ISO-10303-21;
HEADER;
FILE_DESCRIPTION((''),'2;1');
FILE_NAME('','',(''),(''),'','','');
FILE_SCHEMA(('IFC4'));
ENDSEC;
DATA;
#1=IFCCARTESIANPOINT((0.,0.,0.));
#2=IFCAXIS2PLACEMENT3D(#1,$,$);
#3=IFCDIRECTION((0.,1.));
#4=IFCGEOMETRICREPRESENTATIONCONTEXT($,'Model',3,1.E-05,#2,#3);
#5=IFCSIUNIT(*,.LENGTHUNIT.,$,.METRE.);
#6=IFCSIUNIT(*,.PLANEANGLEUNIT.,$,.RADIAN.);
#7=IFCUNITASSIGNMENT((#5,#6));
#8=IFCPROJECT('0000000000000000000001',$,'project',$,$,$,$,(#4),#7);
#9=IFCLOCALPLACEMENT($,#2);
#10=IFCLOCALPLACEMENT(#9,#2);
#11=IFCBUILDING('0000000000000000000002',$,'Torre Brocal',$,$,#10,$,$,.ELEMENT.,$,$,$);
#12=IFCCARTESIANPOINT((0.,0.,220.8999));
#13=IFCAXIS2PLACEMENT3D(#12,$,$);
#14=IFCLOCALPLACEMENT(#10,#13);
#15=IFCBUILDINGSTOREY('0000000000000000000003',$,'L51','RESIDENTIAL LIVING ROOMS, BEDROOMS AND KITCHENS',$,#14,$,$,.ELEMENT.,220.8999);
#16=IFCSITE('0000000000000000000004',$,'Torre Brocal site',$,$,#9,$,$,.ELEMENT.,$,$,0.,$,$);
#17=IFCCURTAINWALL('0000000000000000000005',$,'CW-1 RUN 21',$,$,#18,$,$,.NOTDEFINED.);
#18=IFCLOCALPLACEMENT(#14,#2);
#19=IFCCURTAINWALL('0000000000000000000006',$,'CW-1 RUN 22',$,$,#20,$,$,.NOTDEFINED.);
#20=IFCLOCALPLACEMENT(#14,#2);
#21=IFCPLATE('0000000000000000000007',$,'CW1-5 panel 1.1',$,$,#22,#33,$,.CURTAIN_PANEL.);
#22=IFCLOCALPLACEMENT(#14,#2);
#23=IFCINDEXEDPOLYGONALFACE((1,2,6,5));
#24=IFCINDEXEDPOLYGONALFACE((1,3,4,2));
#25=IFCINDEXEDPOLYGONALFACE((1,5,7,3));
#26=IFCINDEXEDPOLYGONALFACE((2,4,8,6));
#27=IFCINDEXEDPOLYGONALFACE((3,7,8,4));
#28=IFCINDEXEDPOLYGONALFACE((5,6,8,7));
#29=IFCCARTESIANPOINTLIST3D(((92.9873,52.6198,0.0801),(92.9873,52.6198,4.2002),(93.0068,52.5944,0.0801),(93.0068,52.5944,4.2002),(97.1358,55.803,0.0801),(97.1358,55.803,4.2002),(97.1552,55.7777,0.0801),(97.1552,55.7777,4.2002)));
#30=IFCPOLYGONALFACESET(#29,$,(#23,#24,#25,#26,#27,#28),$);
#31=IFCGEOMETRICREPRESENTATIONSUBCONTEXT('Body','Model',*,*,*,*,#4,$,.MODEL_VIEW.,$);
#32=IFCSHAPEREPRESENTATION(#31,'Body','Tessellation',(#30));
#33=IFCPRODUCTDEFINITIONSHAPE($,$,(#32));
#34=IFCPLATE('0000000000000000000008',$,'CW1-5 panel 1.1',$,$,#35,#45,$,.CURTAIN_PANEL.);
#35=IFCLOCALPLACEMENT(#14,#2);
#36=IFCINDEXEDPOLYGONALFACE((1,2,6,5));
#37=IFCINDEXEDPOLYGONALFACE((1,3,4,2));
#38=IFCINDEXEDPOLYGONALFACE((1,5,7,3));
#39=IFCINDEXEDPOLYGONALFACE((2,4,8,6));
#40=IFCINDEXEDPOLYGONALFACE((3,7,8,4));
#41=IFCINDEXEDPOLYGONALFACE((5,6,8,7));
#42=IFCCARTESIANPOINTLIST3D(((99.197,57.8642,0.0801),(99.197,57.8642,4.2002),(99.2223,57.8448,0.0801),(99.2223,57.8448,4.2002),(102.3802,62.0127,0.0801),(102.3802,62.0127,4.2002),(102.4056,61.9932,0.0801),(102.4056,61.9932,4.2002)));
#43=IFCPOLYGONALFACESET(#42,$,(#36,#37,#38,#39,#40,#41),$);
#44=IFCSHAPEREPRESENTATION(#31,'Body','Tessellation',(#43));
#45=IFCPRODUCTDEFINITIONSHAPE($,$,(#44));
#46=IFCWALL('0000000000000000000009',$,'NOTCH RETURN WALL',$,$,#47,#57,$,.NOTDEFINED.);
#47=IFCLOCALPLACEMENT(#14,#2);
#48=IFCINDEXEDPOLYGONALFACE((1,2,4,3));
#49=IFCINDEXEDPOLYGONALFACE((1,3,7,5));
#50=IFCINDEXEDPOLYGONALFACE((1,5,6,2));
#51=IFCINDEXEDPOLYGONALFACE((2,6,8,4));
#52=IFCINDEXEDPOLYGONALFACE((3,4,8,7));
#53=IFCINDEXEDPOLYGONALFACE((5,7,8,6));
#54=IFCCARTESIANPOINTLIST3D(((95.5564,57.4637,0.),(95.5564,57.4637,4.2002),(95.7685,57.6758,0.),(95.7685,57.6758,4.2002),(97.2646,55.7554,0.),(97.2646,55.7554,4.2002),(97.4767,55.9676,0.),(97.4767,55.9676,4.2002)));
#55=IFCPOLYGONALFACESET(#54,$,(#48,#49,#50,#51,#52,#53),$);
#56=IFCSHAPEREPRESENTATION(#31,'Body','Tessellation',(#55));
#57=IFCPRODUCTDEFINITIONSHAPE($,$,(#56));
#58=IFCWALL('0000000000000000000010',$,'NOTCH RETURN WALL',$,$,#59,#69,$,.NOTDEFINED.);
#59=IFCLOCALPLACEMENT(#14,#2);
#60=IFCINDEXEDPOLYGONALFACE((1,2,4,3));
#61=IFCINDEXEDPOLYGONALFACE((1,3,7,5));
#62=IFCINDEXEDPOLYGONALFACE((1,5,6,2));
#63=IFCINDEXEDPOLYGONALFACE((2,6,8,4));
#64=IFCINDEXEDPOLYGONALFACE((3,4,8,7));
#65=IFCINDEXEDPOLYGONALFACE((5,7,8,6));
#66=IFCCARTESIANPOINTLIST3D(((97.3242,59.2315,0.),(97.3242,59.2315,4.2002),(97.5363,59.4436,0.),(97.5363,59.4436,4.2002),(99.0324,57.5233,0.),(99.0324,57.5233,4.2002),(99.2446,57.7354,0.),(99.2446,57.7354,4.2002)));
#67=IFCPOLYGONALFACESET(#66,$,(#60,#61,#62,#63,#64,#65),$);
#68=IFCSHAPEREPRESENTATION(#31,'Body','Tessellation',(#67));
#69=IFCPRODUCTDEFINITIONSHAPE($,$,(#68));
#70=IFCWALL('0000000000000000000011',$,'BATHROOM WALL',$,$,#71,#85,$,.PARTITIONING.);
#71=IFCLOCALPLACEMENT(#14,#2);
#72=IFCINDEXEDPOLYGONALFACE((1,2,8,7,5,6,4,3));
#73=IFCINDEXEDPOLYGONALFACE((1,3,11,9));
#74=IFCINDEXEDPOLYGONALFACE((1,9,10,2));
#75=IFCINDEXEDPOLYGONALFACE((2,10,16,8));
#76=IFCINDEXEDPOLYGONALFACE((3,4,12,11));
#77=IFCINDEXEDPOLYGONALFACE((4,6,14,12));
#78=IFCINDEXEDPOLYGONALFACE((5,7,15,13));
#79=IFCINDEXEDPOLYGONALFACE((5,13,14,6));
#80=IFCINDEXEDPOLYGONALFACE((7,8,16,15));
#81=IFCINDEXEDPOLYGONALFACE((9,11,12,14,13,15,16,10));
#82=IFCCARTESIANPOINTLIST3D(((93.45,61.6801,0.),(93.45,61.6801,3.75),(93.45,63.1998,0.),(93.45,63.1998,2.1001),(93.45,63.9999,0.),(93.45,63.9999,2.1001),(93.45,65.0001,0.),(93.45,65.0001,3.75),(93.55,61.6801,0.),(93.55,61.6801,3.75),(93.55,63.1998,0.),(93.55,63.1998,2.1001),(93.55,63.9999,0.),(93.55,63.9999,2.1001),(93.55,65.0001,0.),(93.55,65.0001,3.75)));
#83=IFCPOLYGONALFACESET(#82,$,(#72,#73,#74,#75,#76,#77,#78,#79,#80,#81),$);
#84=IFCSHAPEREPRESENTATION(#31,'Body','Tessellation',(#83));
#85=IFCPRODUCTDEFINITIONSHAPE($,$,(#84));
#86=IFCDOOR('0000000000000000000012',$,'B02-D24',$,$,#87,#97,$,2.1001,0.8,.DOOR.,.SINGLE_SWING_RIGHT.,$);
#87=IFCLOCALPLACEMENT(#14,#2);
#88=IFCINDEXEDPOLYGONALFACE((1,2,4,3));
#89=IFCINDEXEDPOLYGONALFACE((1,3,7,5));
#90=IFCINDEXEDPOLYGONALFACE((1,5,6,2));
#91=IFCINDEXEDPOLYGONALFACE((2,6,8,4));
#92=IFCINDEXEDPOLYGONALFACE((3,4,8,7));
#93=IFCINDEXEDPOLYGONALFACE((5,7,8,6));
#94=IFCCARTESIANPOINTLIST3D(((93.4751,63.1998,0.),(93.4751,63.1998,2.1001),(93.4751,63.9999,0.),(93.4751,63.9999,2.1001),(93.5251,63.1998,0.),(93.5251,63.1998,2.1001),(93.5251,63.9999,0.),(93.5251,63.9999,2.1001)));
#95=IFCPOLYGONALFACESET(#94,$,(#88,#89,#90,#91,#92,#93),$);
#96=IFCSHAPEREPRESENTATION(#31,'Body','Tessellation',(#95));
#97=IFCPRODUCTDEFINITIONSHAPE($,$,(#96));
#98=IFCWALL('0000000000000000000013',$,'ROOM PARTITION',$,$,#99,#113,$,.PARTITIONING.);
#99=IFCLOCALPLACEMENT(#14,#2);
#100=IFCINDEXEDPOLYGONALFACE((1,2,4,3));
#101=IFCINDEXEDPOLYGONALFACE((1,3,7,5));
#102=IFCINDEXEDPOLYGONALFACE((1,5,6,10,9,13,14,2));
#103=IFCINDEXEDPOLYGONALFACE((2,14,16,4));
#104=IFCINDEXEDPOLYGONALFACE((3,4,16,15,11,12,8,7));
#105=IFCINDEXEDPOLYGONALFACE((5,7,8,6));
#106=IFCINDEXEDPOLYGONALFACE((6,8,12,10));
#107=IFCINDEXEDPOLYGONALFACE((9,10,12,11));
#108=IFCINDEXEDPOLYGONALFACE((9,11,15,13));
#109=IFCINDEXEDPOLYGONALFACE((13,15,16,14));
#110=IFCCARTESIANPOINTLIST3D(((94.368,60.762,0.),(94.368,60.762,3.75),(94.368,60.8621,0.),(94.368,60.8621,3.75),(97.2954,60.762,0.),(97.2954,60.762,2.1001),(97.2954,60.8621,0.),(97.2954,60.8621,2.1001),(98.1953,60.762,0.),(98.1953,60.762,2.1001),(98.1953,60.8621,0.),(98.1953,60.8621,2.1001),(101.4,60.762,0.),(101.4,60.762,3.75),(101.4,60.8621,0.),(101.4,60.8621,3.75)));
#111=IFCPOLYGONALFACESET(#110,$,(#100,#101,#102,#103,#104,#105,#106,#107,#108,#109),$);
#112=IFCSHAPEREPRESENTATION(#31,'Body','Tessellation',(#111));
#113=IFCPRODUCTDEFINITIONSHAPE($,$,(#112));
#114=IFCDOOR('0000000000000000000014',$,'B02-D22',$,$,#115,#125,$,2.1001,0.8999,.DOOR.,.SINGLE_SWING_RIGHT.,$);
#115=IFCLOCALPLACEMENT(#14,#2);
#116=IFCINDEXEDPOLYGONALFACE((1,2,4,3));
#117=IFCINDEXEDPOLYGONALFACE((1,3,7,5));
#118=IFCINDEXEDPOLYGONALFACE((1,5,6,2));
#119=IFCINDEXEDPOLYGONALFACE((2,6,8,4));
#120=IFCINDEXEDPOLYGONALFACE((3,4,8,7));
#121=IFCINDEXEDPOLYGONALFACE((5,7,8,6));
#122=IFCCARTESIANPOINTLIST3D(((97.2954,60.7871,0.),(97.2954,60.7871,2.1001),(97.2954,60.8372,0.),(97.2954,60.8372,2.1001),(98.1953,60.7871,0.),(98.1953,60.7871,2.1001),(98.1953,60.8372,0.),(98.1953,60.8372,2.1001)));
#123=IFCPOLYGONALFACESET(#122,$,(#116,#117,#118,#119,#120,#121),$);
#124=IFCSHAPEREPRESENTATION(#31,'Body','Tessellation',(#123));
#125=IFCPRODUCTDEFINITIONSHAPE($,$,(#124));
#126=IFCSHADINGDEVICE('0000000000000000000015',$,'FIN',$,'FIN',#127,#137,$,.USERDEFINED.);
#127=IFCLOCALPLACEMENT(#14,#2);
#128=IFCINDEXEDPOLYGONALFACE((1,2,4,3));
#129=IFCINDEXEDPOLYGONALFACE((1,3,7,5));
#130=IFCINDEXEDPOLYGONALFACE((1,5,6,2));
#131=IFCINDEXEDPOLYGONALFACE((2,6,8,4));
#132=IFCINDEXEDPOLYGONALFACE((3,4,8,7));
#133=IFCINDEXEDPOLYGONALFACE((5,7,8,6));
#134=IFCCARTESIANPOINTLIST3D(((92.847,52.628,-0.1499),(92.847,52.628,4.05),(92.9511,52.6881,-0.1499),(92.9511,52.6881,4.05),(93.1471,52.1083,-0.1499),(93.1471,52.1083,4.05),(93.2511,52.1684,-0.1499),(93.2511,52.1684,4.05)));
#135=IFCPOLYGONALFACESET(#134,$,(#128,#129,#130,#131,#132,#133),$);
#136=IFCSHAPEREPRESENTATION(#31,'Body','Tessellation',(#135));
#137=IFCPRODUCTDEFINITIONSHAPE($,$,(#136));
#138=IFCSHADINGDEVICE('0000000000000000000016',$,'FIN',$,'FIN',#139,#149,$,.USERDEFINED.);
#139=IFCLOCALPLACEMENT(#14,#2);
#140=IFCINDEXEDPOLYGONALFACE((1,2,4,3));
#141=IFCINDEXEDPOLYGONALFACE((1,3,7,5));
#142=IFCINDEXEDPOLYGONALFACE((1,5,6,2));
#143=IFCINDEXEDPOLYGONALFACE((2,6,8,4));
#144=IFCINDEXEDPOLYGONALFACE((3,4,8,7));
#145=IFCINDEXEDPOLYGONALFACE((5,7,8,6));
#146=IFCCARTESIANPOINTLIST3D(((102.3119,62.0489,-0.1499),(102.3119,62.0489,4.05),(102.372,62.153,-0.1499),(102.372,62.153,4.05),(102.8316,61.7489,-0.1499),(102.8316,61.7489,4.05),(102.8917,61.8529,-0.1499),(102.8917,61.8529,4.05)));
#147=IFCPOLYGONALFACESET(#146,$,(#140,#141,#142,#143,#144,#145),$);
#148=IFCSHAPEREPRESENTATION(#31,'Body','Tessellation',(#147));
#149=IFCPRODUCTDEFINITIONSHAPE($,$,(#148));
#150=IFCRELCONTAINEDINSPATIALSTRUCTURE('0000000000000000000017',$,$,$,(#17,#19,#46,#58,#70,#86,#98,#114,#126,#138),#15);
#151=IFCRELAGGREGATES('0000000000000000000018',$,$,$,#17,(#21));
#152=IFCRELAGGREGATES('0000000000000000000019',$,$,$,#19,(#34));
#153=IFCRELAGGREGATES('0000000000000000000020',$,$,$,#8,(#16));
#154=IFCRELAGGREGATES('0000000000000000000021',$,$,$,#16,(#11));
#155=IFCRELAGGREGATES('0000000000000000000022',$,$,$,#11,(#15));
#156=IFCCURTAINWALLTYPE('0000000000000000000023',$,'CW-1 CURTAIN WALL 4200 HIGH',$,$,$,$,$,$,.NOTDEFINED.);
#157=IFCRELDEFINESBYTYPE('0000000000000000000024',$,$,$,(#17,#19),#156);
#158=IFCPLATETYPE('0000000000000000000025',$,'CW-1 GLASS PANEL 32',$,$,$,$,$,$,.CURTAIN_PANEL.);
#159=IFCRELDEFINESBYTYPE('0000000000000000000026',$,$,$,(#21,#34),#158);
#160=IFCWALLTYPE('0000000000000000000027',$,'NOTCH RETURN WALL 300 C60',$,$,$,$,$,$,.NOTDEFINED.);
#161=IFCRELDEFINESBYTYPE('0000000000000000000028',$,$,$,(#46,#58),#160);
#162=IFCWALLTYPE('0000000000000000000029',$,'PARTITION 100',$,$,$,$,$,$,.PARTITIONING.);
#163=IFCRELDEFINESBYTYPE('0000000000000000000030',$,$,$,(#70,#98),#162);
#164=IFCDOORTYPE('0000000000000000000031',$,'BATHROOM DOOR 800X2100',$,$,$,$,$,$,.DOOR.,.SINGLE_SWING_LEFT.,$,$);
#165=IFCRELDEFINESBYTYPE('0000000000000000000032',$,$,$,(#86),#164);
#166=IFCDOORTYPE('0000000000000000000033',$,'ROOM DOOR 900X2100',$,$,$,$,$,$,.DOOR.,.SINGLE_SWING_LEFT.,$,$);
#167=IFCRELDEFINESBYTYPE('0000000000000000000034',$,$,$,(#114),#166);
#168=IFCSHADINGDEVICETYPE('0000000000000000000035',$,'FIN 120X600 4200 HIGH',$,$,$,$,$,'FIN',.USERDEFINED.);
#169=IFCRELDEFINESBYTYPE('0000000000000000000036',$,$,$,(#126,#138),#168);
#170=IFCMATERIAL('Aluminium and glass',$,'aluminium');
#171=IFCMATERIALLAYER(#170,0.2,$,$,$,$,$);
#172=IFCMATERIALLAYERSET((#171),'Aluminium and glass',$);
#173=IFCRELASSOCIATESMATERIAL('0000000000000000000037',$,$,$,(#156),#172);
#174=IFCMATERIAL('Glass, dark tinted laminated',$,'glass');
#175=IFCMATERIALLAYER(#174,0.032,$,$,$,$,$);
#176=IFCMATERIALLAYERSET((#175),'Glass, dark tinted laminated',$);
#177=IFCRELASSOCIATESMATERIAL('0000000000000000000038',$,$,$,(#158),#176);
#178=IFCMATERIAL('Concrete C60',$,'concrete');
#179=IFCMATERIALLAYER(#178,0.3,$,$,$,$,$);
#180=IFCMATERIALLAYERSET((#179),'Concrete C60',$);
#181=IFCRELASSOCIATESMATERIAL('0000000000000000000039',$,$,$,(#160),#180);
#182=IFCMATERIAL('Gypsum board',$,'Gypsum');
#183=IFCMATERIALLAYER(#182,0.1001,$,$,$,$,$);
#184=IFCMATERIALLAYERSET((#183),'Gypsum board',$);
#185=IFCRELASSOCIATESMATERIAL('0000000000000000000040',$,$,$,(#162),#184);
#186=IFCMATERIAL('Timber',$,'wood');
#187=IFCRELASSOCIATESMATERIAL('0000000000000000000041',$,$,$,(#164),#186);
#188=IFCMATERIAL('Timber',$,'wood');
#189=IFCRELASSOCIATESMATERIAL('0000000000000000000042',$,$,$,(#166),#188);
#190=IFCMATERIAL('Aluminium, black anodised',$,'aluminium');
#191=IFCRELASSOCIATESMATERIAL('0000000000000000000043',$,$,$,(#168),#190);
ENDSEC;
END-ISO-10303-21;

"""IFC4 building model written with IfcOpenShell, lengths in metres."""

from ifc_helpers import new_model, si_unit, direction, frame, frame_2d, origin, origin_2d, place, context, subcontext, project, spatial, rectangle, extrude, material, layer, layer_set, material_profile, profile_set, type_object, element, fill, aggregate, save


model = new_model("IFC4")

# Units and contexts
model_context = context("Model", 3, precision=1e-05, world=origin(), true_north=direction((0.0, 1.0)))
body_context = subcontext(model_context, "Body", "Model", "MODEL_VIEW")
ifc_project = project(units=[si_unit("LENGTHUNIT", "METRE"), si_unit("PLANEANGLEUNIT", "RADIAN")], contexts=[model_context])

# Site, building, storey
site_placement = place(None, origin())
site = spatial("IfcSite", under=ifc_project, at=site_placement, Name="Torre Brocal site", CompositionType="ELEMENT", RefElevation=0.0)
building_placement = place(site_placement, origin())
building = spatial("IfcBuilding", under=site, at=building_placement, Name="Torre Brocal", CompositionType="ELEMENT")
storey_placement = place(building_placement, frame((0.0, 0.0, 220.8999)))
storey = spatial("IfcBuildingStorey", under=building, at=storey_placement, Name="L51", Description="RESIDENTIAL LIVING ROOMS, BEDROOMS AND KITCHENS", CompositionType="ELEMENT", Elevation=220.8999)

# Shared definitions
ifc_material_1 = material(Name="Aluminium and glass", Category="aluminium")
ifc_layer_1 = layer(ifc_material_1, 0.2)
ifc_layer_set_1 = layer_set([ifc_layer_1], Name="Aluminium and glass")
curtain_wall_type = type_object("IfcCurtainWallType", Name="CW-1 CURTAIN WALL 4200 HIGH", PredefinedType="NOTDEFINED", material=ifc_layer_set_1)

# Curtain walls
curtain_wall_1_placement = place(storey_placement, origin())
curtain_wall_1 = element("IfcCurtainWall", 1, at=curtain_wall_1_placement, inside=storey, type_object=curtain_wall_type, Name="CW-1 RUN 21", PredefinedType="NOTDEFINED")
curtain_wall_2_placement = place(storey_placement, origin())
curtain_wall_2 = element("IfcCurtainWall", 2, at=curtain_wall_2_placement, inside=storey, type_object=curtain_wall_type, Name="CW-1 RUN 22", PredefinedType="NOTDEFINED")

# Plates
ifc_material_2 = material(Name="Glass, dark tinted laminated", Category="glass")
ifc_layer_2 = layer(ifc_material_2, 0.032)
ifc_layer_set_2 = layer_set([ifc_layer_2], Name="Glass, dark tinted laminated")
plate_type = type_object("IfcPlateType", Name="CW-1 GLASS PANEL 32", PredefinedType="CURTAIN_PANEL", material=ifc_layer_set_2)
plate_1_placement = place(storey_placement, frame((95.0713, 54.1987, 0.0801), z_axis=(0.0, 0.0, 1.0), x_axis=(0.793353, 0.608761, 0.0)))
plate_1 = element("IfcPlate", 3, at=plate_1_placement, type_object=plate_type, Name="CW1-5 panel 1.1", PredefinedType="CURTAIN_PANEL", context=body_context, shape_type="SweptSolid", body=[
    extrude(rectangle(XDim=5.229, YDim=0.032, at=origin_2d()), origin(), (0.0, 0.0, 1.0), 4.1201),
])
aggregate(curtain_wall_1, [plate_1])
plate_2_placement = place(storey_placement, frame((100.8013, 59.9287, 0.0801), z_axis=(0.0, 0.0, 1.0), x_axis=(0.608761, 0.793353, 0.0)))
plate_2 = element("IfcPlate", 4, at=plate_2_placement, type_object=plate_type, Name="CW1-5 panel 1.1", PredefinedType="CURTAIN_PANEL", context=body_context, shape_type="SweptSolid", body=[
    extrude(rectangle(XDim=5.229, YDim=0.032, at=origin_2d()), origin(), (0.0, 0.0, 1.0), 4.1201),
])
aggregate(curtain_wall_2, [plate_2])

# Walls
ifc_material_3 = material(Name="Concrete C60", Category="concrete")
ifc_layer_3 = layer(ifc_material_3, 0.3)
ifc_layer_set_3 = layer_set([ifc_layer_3], Name="Concrete C60")
wall_type_1 = type_object("IfcWallType", Name="NOTCH RETURN WALL 300 C60", PredefinedType="NOTDEFINED", material=ifc_layer_set_3)
for number, where, z_axis, x_axis, name in (
    (5, (95.6624, 57.5698, 0.0), (0.0, 0.0, 1.0), (0.707107, -0.707107, 0.0), "NOTCH RETURN WALL"),
    (6, (97.4302, 59.3376, 0.0), (0.0, 0.0, 1.0), (0.707107, -0.707107, 0.0), "NOTCH RETURN WALL"),
):
    element("IfcWall", number, at=place(storey_placement, frame(where, z_axis=z_axis, x_axis=x_axis)), inside=storey, type_object=wall_type_1, Name=name, PredefinedType="NOTDEFINED", context=body_context, shape_type="SweptSolid", body=[
        extrude(rectangle(XDim=2.4158, YDim=0.3, at=frame_2d((1.208, 0.0))), origin(), (0.0, 0.0, 1.0), 4.2002),
    ])

# Walls, openings, doors
ifc_material_4 = material(Name="Gypsum board", Category="Gypsum")
ifc_layer_4 = layer(ifc_material_4, 0.1001)
ifc_layer_set_4 = layer_set([ifc_layer_4], Name="Gypsum board")
wall_type_2 = type_object("IfcWallType", Name="PARTITION 100", PredefinedType="PARTITIONING", material=ifc_layer_set_4)
wall_1_placement = place(storey_placement, frame((93.5, 61.6799, 0.0), z_axis=(0.0, 0.0, 1.0), x_axis=(0.0, 1.0, 0.0)))
wall_1 = element("IfcWall", 7, at=wall_1_placement, inside=storey, type_object=wall_type_2, Name="BATHROOM WALL", PredefinedType="PARTITIONING", context=body_context, shape_type="SweptSolid", body=[
    extrude(rectangle(XDim=3.3201, YDim=0.1001, at=frame_2d((1.6602, 0.0))), origin(), (0.0, 0.0, 1.0), 3.75),
])
opening_1_placement = place(wall_1_placement, frame((1.52, 0.0, 0.0)))
opening_1 = element("IfcOpeningElement", 8, at=opening_1_placement, cuts=wall_1, PredefinedType="OPENING", context=body_context, shape_type="SweptSolid", body=[
    extrude(rectangle(XDim=0.8, YDim=2.1001, at=frame_2d((0.3999, 1.05))), frame((0.0, 0.0601, 0.0), z_axis=(0.0, -1.0, 0.0), x_axis=(1.0, 0.0, 0.0)), (0.0, 0.0, 1.0), 0.1201),
])
ifc_material_5 = material(Name="Timber", Category="wood")
door_type_1 = type_object("IfcDoorType", Name="BATHROOM DOOR 800X2100", OperationType="SINGLE_SWING_LEFT", PredefinedType="DOOR", material=ifc_material_5)
door_1_placement = place(opening_1_placement, origin())
door_1 = element("IfcDoor", 9, at=door_1_placement, inside=storey, type_object=door_type_1, Name="B02-D24", OperationType="SINGLE_SWING_RIGHT", OverallHeight=2.1001, OverallWidth=0.8, PredefinedType="DOOR", context=body_context, shape_type="SweptSolid", body=[
    extrude(rectangle(XDim=0.8, YDim=2.1001, at=frame_2d((0.3999, 1.05))), frame((0.0, 0.0249, 0.0), z_axis=(0.0, -1.0, 0.0), x_axis=(1.0, 0.0, 0.0)), (0.0, 0.0, 1.0), 0.05),
])
fill(opening_1, door_1)
wall_2_placement = place(storey_placement, frame((94.3679, 60.812, 0.0), z_axis=(0.0, 0.0, 1.0), x_axis=(1.0, 0.0, 0.0)))
wall_2 = element("IfcWall", 10, at=wall_2_placement, inside=storey, type_object=wall_type_2, Name="ROOM PARTITION", PredefinedType="PARTITIONING", context=body_context, shape_type="SweptSolid", body=[
    extrude(rectangle(XDim=7.032, YDim=0.1001, at=frame_2d((3.5161, 0.0))), origin(), (0.0, 0.0, 1.0), 3.75),
])
opening_2_placement = place(wall_2_placement, frame((2.9275, 0.0, 0.0)))
opening_2 = element("IfcOpeningElement", 11, at=opening_2_placement, cuts=wall_2, PredefinedType="OPENING", context=body_context, shape_type="SweptSolid", body=[
    extrude(rectangle(XDim=0.8999, YDim=2.1001, at=frame_2d((0.45, 1.05))), frame((0.0, 0.0601, 0.0), z_axis=(0.0, -1.0, 0.0), x_axis=(1.0, 0.0, 0.0)), (0.0, 0.0, 1.0), 0.1201),
])
ifc_material_6 = material(Name="Timber", Category="wood")
door_type_2 = type_object("IfcDoorType", Name="ROOM DOOR 900X2100", OperationType="SINGLE_SWING_LEFT", PredefinedType="DOOR", material=ifc_material_6)
door_2_placement = place(opening_2_placement, frame((0.8999, 0.0, 0.0), z_axis=(0.0, 0.0, 1.0), x_axis=(-1.0, 0.0, 0.0)))
door_2 = element("IfcDoor", 12, at=door_2_placement, inside=storey, type_object=door_type_2, Name="B02-D22", OperationType="SINGLE_SWING_RIGHT", OverallHeight=2.1001, OverallWidth=0.8999, PredefinedType="DOOR", context=body_context, shape_type="SweptSolid", body=[
    extrude(rectangle(XDim=0.8999, YDim=2.1001, at=frame_2d((0.45, 1.05))), frame((0.0, 0.0249, 0.0), z_axis=(0.0, -1.0, 0.0), x_axis=(1.0, 0.0, 0.0)), (0.0, 0.0, 1.0), 0.05),
])
fill(opening_2, door_2)

# Shading devices
ifc_material_7 = material(Name="Aluminium, black anodised", Category="aluminium")
ifc_material_profile_1 = material_profile(ifc_material_7, rectangle(XDim=0.1201, YDim=0.6001, at=origin_2d()), Name="FIN 120X600 4200 HIGH")
ifc_profile_set_1 = profile_set([ifc_material_profile_1], Name="Aluminium, black anodised")
shading_device_type = type_object("IfcShadingDeviceType", Name="FIN 120X600 4200 HIGH", ElementType="FIN", PredefinedType="USERDEFINED", material=ifc_profile_set_1)
for number, where, z_axis, x_axis, name in (
    (13, (93.0491, 52.3982, -0.1499), (0.0, 0.0, 1.0), (0.866025, 0.5, 0.0), "FIN"),
    (14, (102.6018, 61.9509, -0.1499), (0.0, 0.0, 1.0), (0.5, 0.866025, 0.0), "FIN"),
):
    element("IfcShadingDevice", number, at=place(storey_placement, frame(where, z_axis=z_axis, x_axis=x_axis)), inside=storey, type_object=shading_device_type, Name=name, ObjectType="FIN", PredefinedType="USERDEFINED", context=body_context, shape_type="SweptSolid", body=[
        extrude(rectangle(XDim=0.1201, YDim=0.6001, at=origin_2d()), origin(), (0.0, 0.0, 1.0), 4.2),
    ])

save(model, "model.ifc")
